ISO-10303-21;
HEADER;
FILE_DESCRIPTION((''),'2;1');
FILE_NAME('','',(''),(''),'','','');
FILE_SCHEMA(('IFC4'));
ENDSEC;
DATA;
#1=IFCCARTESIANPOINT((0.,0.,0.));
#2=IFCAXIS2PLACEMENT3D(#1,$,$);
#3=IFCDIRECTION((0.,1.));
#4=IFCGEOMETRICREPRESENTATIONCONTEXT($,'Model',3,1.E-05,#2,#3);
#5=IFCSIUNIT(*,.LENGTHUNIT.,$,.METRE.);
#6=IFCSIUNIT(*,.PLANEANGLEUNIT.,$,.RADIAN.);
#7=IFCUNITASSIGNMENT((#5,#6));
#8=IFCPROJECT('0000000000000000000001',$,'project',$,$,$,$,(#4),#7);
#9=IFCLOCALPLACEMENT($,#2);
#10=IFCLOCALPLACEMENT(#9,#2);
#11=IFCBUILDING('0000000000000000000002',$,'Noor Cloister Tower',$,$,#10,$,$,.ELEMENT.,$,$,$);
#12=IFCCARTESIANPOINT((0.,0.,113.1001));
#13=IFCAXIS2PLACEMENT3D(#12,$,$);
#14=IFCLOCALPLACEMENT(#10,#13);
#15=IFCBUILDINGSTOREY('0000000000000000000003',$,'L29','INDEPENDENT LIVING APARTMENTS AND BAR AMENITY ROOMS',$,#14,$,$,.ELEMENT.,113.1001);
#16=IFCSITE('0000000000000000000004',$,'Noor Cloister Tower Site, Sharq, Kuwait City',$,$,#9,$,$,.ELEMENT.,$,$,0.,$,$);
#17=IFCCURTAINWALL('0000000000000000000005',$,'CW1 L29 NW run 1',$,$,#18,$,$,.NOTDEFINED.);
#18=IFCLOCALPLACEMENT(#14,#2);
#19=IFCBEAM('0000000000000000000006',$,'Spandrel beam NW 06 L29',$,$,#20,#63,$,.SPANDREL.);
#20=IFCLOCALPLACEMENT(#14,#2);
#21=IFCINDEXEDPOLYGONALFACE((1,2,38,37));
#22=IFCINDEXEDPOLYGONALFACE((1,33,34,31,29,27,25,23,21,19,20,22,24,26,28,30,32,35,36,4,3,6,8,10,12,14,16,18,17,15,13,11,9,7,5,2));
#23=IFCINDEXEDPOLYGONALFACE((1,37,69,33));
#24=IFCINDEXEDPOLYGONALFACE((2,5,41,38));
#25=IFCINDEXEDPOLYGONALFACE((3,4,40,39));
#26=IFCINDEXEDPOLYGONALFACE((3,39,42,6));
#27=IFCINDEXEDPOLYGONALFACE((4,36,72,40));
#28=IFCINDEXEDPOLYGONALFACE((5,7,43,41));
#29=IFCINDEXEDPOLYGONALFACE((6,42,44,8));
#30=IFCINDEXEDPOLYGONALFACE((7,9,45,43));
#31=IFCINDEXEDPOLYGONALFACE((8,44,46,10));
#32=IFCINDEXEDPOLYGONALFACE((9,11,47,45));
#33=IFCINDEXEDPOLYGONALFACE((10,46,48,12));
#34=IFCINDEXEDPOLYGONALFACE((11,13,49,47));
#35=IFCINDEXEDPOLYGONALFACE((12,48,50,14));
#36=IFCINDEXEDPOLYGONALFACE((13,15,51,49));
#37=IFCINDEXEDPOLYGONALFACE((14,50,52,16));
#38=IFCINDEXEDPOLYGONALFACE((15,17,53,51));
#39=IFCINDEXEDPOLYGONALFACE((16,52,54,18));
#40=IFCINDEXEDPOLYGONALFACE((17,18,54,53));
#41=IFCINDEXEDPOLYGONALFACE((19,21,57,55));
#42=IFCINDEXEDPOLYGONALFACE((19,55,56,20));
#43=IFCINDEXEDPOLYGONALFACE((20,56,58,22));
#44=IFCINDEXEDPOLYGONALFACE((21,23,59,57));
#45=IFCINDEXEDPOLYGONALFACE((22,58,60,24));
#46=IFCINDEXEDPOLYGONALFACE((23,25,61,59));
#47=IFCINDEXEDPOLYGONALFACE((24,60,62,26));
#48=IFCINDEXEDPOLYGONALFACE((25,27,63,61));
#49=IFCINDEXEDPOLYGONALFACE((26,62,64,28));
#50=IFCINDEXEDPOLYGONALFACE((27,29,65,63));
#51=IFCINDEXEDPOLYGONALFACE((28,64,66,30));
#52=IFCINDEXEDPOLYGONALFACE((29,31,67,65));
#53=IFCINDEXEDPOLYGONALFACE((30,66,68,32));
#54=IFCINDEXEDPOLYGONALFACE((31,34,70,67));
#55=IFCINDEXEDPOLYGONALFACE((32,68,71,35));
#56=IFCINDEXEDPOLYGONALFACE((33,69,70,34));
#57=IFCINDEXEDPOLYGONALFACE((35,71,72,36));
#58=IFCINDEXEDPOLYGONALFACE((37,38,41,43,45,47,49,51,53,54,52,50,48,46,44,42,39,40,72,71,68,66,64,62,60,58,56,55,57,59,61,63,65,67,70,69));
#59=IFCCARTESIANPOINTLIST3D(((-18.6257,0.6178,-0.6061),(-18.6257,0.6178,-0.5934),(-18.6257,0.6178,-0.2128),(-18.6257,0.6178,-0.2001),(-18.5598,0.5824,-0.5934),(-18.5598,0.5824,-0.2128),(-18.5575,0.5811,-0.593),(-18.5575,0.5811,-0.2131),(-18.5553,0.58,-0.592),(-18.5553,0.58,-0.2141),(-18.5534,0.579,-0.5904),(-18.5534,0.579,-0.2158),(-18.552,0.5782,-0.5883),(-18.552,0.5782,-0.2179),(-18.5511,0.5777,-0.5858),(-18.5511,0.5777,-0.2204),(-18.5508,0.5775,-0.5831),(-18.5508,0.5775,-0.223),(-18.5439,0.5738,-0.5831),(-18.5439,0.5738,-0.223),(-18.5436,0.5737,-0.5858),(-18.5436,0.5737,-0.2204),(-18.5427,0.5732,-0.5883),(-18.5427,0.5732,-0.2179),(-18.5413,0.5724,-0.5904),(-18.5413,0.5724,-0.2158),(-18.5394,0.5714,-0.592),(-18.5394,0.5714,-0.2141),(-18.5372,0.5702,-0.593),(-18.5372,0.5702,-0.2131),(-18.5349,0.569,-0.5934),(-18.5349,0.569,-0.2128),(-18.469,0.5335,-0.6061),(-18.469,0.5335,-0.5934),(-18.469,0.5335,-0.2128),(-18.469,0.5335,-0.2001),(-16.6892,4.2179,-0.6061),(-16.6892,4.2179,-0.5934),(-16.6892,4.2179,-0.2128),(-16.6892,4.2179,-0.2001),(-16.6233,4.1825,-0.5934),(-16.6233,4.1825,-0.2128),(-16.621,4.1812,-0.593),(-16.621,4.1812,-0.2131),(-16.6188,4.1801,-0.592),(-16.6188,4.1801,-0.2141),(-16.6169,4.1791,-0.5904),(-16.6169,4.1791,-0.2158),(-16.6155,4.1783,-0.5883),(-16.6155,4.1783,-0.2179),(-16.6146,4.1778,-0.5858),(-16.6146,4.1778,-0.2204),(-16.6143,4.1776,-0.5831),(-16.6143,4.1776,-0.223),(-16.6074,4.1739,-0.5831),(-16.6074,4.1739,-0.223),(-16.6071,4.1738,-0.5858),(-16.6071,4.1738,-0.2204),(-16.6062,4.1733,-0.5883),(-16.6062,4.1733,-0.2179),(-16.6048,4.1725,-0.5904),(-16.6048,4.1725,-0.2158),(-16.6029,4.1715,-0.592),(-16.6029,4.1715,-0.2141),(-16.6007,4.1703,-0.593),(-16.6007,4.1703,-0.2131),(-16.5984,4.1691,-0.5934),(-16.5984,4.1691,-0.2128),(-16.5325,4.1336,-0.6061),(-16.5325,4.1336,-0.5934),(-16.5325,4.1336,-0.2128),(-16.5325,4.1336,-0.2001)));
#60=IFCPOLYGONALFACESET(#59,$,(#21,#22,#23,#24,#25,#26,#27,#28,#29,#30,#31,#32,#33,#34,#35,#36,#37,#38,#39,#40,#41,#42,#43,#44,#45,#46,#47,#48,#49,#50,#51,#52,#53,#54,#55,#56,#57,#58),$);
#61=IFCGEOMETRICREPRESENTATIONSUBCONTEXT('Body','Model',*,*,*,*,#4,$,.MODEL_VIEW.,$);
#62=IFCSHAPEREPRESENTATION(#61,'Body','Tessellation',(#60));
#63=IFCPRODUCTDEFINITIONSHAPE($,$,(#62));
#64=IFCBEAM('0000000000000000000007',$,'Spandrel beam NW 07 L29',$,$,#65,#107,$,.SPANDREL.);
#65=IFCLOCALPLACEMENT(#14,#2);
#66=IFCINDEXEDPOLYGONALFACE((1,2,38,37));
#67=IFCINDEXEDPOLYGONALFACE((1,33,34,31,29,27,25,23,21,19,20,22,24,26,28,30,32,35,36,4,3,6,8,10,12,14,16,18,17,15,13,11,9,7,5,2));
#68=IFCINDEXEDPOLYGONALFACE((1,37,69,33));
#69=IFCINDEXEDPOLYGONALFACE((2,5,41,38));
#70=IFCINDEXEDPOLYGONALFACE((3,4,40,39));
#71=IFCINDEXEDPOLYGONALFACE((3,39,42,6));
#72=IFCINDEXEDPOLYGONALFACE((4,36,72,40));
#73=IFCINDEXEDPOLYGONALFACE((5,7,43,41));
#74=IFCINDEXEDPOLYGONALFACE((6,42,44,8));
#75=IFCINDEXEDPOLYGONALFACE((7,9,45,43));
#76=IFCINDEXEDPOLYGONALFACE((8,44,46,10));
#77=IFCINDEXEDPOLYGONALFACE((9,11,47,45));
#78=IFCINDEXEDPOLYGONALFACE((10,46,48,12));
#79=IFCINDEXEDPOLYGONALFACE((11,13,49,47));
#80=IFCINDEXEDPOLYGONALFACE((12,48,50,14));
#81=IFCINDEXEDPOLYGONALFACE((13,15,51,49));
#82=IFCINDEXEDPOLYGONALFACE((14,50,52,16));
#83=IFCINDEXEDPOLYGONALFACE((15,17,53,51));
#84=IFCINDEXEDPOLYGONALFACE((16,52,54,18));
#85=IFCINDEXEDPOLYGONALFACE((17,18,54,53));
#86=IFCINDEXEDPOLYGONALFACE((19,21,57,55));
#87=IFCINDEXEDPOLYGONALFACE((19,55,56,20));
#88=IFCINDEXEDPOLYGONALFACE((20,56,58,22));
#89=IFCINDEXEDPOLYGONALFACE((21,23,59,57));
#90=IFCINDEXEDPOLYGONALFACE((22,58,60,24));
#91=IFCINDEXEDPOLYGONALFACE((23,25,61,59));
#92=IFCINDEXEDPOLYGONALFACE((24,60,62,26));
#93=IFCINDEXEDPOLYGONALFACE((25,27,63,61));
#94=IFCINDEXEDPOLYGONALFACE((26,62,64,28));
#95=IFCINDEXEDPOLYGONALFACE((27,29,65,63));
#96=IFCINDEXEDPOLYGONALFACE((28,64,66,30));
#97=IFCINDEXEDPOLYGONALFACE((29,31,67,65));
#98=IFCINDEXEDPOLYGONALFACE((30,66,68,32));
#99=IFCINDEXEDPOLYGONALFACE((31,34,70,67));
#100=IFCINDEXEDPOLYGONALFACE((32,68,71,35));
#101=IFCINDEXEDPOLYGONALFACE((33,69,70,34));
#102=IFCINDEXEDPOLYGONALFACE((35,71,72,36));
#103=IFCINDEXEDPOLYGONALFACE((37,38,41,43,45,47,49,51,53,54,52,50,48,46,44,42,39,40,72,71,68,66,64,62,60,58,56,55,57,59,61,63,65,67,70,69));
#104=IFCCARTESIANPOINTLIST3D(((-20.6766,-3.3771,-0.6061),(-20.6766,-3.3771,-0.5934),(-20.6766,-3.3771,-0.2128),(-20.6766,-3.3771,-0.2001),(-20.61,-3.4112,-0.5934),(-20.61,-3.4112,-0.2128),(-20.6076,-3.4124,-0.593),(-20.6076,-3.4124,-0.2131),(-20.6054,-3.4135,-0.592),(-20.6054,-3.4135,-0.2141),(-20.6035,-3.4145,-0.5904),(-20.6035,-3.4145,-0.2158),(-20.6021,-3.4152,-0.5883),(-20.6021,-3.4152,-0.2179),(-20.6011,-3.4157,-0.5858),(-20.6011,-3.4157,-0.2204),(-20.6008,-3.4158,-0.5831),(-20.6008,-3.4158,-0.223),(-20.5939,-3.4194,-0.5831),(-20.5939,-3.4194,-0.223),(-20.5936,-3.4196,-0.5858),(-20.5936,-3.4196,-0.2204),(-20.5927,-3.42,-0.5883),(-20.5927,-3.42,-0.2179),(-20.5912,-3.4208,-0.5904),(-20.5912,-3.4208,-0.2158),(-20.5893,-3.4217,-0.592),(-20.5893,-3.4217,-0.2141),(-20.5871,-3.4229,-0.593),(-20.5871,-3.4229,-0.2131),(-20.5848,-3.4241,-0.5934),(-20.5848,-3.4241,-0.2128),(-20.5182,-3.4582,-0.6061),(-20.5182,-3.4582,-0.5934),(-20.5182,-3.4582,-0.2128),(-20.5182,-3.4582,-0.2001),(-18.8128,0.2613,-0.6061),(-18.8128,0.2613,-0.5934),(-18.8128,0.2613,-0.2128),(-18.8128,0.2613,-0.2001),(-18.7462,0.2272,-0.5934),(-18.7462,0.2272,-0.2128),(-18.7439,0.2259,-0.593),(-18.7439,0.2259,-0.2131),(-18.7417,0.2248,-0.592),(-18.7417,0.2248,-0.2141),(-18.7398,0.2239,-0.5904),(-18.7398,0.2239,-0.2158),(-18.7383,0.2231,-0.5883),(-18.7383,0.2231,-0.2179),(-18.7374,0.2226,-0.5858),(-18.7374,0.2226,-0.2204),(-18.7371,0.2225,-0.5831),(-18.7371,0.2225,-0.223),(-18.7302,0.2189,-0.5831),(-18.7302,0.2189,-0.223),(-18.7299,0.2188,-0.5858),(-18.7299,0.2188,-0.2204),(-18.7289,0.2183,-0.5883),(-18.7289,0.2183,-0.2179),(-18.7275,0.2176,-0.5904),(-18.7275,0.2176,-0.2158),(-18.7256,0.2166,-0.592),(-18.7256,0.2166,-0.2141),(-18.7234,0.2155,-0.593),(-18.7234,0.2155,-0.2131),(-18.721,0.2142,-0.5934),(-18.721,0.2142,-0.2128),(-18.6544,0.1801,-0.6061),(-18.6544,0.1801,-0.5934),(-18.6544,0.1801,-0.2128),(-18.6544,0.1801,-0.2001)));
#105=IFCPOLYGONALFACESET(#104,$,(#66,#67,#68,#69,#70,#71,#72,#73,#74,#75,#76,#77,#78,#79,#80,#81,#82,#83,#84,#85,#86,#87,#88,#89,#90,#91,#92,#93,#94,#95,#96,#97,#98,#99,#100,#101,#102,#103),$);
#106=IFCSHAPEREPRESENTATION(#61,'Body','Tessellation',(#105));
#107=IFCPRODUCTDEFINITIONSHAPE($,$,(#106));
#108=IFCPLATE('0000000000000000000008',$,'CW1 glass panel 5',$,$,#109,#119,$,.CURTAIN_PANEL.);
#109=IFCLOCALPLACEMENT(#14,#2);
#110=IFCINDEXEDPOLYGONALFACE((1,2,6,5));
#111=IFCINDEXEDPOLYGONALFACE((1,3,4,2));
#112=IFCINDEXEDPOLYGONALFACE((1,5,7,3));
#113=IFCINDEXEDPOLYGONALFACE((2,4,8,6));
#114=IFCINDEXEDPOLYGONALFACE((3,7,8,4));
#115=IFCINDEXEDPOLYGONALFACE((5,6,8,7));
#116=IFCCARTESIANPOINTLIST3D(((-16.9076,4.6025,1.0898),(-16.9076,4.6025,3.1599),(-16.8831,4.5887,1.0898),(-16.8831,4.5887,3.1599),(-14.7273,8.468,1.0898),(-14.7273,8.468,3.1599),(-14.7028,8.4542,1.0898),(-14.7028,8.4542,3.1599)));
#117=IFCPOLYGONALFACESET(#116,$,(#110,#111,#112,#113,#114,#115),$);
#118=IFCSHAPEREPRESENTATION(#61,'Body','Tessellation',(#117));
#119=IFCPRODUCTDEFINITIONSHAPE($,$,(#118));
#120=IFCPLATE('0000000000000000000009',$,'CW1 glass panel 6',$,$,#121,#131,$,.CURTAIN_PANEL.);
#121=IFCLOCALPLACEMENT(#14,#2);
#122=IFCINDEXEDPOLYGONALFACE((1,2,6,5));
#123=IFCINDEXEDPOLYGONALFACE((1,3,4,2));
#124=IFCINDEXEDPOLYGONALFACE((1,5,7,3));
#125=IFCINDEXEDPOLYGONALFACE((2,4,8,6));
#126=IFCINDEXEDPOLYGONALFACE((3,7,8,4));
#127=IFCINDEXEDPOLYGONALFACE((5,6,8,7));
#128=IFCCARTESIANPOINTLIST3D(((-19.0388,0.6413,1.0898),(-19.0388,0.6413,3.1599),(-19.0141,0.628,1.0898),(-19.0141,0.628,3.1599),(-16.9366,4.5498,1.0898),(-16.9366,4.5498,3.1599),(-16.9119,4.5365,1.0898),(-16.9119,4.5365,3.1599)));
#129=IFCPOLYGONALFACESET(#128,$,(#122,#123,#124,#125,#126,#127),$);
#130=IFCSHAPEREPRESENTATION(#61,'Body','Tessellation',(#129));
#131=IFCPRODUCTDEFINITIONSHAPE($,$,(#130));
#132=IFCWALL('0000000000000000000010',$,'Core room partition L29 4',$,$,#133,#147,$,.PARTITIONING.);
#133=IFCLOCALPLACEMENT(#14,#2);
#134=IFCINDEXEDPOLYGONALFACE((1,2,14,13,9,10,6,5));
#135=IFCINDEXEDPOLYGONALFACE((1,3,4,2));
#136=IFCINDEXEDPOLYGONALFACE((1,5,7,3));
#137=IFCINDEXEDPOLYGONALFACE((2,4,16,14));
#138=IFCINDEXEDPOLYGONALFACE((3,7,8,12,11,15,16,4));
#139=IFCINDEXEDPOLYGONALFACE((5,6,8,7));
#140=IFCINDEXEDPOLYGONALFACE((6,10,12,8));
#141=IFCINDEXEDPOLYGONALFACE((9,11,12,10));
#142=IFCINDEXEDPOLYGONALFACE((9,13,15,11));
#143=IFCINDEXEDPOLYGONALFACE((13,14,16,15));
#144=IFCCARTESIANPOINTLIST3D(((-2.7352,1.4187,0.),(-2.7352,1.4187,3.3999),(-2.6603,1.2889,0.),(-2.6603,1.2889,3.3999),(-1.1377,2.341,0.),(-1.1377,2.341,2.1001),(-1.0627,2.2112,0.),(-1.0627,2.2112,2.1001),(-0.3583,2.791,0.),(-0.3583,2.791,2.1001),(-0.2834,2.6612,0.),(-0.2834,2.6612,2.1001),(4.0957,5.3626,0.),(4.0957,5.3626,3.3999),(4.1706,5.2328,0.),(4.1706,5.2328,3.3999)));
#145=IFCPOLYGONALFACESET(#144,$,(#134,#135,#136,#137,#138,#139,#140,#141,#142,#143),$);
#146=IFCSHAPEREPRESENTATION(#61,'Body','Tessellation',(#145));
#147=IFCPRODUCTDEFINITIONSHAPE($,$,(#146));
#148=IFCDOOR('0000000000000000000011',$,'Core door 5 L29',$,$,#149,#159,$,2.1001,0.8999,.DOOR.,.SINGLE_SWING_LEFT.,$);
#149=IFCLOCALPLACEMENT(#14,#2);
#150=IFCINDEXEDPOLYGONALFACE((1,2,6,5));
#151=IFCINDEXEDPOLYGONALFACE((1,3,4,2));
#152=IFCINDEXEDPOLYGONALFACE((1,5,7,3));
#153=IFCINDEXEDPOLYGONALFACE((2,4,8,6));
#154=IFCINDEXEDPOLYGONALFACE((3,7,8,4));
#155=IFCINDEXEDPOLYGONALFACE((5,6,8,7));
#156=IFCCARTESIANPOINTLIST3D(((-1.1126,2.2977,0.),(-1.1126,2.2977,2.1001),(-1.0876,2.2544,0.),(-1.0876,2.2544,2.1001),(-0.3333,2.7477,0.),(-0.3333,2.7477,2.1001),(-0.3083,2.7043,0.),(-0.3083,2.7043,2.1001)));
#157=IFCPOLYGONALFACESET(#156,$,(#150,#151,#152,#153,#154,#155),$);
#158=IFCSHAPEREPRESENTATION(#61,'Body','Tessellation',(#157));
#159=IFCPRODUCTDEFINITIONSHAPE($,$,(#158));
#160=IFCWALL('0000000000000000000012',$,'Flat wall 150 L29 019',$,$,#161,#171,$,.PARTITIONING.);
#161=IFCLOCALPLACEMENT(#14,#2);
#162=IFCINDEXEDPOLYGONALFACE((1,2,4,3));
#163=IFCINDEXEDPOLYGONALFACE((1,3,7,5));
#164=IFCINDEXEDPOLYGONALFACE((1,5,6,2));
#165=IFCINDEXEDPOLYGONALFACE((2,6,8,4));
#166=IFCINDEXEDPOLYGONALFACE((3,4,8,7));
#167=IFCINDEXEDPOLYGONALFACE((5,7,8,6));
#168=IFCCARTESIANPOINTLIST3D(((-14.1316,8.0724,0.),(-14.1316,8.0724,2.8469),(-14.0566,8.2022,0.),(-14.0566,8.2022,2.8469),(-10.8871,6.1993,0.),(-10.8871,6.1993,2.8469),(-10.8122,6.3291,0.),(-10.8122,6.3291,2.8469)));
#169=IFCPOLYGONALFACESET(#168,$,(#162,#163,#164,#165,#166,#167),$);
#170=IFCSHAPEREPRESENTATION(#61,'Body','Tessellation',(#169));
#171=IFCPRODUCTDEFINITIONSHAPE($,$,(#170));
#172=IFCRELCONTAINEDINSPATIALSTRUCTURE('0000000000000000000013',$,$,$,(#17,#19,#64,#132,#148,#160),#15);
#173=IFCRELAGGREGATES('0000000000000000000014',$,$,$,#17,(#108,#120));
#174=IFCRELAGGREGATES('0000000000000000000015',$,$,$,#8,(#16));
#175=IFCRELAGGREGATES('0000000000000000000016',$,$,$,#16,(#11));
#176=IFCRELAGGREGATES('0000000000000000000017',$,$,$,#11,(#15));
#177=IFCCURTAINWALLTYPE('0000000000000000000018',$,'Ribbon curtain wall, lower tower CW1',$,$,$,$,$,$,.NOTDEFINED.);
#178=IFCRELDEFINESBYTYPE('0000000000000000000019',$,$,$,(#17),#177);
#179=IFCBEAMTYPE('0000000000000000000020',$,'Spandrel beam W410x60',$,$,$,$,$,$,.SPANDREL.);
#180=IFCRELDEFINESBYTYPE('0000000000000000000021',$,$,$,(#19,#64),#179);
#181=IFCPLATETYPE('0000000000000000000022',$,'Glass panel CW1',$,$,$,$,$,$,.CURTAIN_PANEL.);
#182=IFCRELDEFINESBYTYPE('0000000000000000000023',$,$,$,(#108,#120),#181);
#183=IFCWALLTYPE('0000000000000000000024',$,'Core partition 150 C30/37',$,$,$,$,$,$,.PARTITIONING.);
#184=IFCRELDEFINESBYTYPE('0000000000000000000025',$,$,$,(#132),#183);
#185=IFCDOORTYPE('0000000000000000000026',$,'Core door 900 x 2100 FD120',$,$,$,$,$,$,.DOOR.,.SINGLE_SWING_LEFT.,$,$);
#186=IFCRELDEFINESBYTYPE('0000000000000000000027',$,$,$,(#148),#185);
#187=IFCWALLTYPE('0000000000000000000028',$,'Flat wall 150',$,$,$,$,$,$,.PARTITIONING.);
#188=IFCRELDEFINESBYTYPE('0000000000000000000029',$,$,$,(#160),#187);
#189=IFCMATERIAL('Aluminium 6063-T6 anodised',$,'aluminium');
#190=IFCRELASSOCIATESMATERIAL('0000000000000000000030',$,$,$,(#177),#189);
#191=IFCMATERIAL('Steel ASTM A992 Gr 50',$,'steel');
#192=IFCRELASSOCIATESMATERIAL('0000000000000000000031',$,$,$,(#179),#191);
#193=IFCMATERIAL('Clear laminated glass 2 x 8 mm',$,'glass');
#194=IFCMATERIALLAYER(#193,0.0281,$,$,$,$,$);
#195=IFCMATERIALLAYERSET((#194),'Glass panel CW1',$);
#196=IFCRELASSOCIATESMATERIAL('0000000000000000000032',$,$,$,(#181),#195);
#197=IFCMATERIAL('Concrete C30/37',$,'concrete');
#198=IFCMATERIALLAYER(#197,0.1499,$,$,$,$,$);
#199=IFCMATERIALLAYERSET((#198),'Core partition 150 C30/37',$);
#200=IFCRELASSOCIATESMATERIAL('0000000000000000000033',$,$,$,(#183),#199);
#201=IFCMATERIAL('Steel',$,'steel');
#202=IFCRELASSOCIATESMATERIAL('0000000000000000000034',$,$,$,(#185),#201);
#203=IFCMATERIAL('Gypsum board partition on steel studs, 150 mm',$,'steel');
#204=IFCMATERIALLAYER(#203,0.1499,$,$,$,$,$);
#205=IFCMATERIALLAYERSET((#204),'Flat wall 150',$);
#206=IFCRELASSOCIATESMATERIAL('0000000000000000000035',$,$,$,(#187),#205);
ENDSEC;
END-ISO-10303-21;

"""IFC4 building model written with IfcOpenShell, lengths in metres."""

from ifc_helpers import new_model, si_unit, direction, frame, frame_2d, origin, origin_2d, place, context, subcontext, project, spatial, rectangle, i_section, extrude, material, layer, layer_set, material_profile, profile_set, type_object, element, fill, aggregate, save


model = new_model("IFC4")

# Units and contexts
model_context = context("Model", 3, precision=1e-05, world=origin(), true_north=direction((0.0, 1.0)))
body_context = subcontext(model_context, "Body", "Model", "MODEL_VIEW")
ifc_project = project(units=[si_unit("LENGTHUNIT", "METRE"), si_unit("PLANEANGLEUNIT", "RADIAN")], contexts=[model_context])

# Site, building, storey
site_placement = place(None, origin())
site = spatial("IfcSite", under=ifc_project, at=site_placement, Name="Noor Cloister Tower Site, Sharq, Kuwait City", CompositionType="ELEMENT", RefElevation=0.0)
building_placement = place(site_placement, origin())
building = spatial("IfcBuilding", under=site, at=building_placement, Name="Noor Cloister Tower", CompositionType="ELEMENT")
storey_placement = place(building_placement, frame((0.0, 0.0, 113.1001)))
storey = spatial("IfcBuildingStorey", under=building, at=storey_placement, Name="L29", Description="INDEPENDENT LIVING APARTMENTS AND BAR AMENITY ROOMS", CompositionType="ELEMENT", Elevation=113.1001)

# Curtain wall
ifc_material_1 = material(Name="Aluminium 6063-T6 anodised", Category="aluminium")
curtain_wall_type = type_object("IfcCurtainWallType", Name="Ribbon curtain wall, lower tower CW1", PredefinedType="NOTDEFINED", material=ifc_material_1)
curtain_wall_1_placement = place(storey_placement, origin())
curtain_wall_1 = element("IfcCurtainWall", 1, at=curtain_wall_1_placement, inside=storey, type_object=curtain_wall_type, Name="CW1 L29 NW run 1", PredefinedType="NOTDEFINED")

# Beams
ifc_material_2 = material(Name="Steel ASTM A992 Gr 50", Category="steel")
ifc_material_profile_1 = material_profile(ifc_material_2, i_section(OverallWidth=0.178, OverallDepth=0.406, WebThickness=0.0078, FlangeThickness=0.0127, FilletRadius=0.0103, at=origin_2d()), Name="W410x60")
ifc_profile_set_1 = profile_set([ifc_material_profile_1], Name="Steel ASTM A992 Gr 50")
beam_type_1 = type_object("IfcBeamType", Name="Spandrel beam W410x60", PredefinedType="SPANDREL", material=ifc_profile_set_1)
for number, where, z_axis, x_axis, name in (
    (2, (-16.6108, 4.1758, -0.4031), (-0.473722, -0.880674, 0.0), (0.880674, -0.473722, 0.0), "Spandrel beam NW 06 L29"),
    (3, (-18.7336, 0.2207, -0.4031), (-0.455912, -0.890025, 0.0), (0.890025, -0.455912, 0.0), "Spandrel beam NW 07 L29"),
):
    element("IfcBeam", number, at=place(storey_placement, frame(where, z_axis=z_axis, x_axis=x_axis)), inside=storey, type_object=beam_type_1, Name=name, PredefinedType="SPANDREL", context=body_context, shape_type="SweptSolid", body=[
        extrude(i_section(OverallWidth=0.178, OverallDepth=0.406, WebThickness=0.0078, FlangeThickness=0.0127, FilletRadius=0.0103, at=origin_2d()), origin(), (0.0, 0.0, 1.0), 4.0879),
    ])

# Plates
ifc_material_3 = material(Name="Clear laminated glass 2 x 8 mm", Category="glass")
ifc_layer_1 = layer(ifc_material_3, 0.0281)
ifc_layer_set_1 = layer_set([ifc_layer_1], Name="Glass panel CW1")
plate_type = type_object("IfcPlateType", Name="Glass panel CW1", PredefinedType="CURTAIN_PANEL", material=ifc_layer_set_1)
plate_1_placement = place(storey_placement, frame((-15.8052, 6.5283, 1.0898), z_axis=(0.0, 0.0, 1.0), x_axis=(-0.491281, -0.871001, 0.0)))
plate_1 = element("IfcPlate", 4, at=plate_1_placement, type_object=plate_type, Name="CW1 glass panel 5", PredefinedType="CURTAIN_PANEL", context=body_context, shape_type="SweptSolid", body=[
    extrude(rectangle(XDim=4.438, YDim=0.0281, at=origin_2d()), origin(), (0.0, 0.0, 1.0), 2.0701),
])
plate_2_placement = place(storey_placement, frame((-17.9753, 2.5889, 1.0898), z_axis=(0.0, 0.0, 1.0), x_axis=(-0.473694, -0.880689, 0.0)))
plate_2 = element("IfcPlate", 5, at=plate_2_placement, type_object=plate_type, Name="CW1 glass panel 6", PredefinedType="CURTAIN_PANEL", context=body_context, shape_type="SweptSolid", body=[
    extrude(rectangle(XDim=4.438, YDim=0.0281, at=origin_2d()), origin(), (0.0, 0.0, 1.0), 2.0701),
])
aggregate(curtain_wall_1, [plate_1, plate_2])

# Wall, opening, door
ifc_material_4 = material(Name="Concrete C30/37", Category="concrete")
ifc_layer_2 = layer(ifc_material_4, 0.1499)
ifc_layer_set_2 = layer_set([ifc_layer_2], Name="Core partition 150 C30/37")
wall_type_1 = type_object("IfcWallType", Name="Core partition 150 C30/37", PredefinedType="PARTITIONING", material=ifc_layer_set_2)
wall_1_placement = place(storey_placement, frame((-2.6978, 1.3538, 0.0), z_axis=(0.0, 0.0, 1.0), x_axis=(0.866021, 0.500007, 0.0)))
wall_1 = element("IfcWall", 6, at=wall_1_placement, inside=storey, type_object=wall_type_1, Name="Core room partition L29 4", PredefinedType="PARTITIONING", context=body_context, shape_type="SweptSolid", body=[
    extrude(rectangle(XDim=7.8877, YDim=0.1499, at=frame_2d((3.9438, 0.0))), origin(), (0.0, 0.0, 1.0), 3.3999),
])
opening_placement = place(wall_1_placement, frame((1.8447, 0.0, 0.0)))
opening = element("IfcOpeningElement", 7, at=opening_placement, cuts=wall_1, PredefinedType="OPENING", context=body_context, shape_type="SweptSolid", body=[
    extrude(rectangle(XDim=0.8999, YDim=2.1001, at=frame_2d((0.45, 1.05))), frame((0.0, 0.085, 0.0), z_axis=(0.0, -1.0, 0.0), x_axis=(1.0, 0.0, 0.0)), (0.0, 0.0, 1.0), 0.1699),
])
ifc_material_5 = material(Name="Steel", Category="steel")
door_type = type_object("IfcDoorType", Name="Core door 900 x 2100 FD120", OperationType="SINGLE_SWING_LEFT", PredefinedType="DOOR", material=ifc_material_5)
door_placement = place(opening_placement, origin())
door = element("IfcDoor", 8, at=door_placement, inside=storey, type_object=door_type, Name="Core door 5 L29", OperationType="SINGLE_SWING_LEFT", OverallHeight=2.1001, OverallWidth=0.8999, PredefinedType="DOOR", context=body_context, shape_type="SweptSolid", body=[
    extrude(rectangle(XDim=0.8999, YDim=2.1001, at=frame_2d((0.45, 1.05))), frame((0.0, 0.0249, 0.0), z_axis=(0.0, -1.0, 0.0), x_axis=(1.0, 0.0, 0.0)), (0.0, 0.0, 1.0), 0.05),
])
fill(opening, door)

# Wall
ifc_material_6 = material(Name="Gypsum board partition on steel studs, 150 mm", Category="steel")
ifc_layer_3 = layer(ifc_material_6, 0.1499)
ifc_layer_set_3 = layer_set([ifc_layer_3], Name="Flat wall 150")
wall_type_2 = type_object("IfcWallType", Name="Flat wall 150", PredefinedType="PARTITIONING", material=ifc_layer_set_3)
wall_2_placement = place(storey_placement, frame((-14.094, 8.1372, 0.0), z_axis=(0.0, 0.0, 1.0), x_axis=(0.866037, -0.49998, 0.0)))
element("IfcWall", 9, at=wall_2_placement, inside=storey, type_object=wall_type_2, Name="Flat wall 150 L29 019", PredefinedType="PARTITIONING", context=body_context, shape_type="SweptSolid", body=[
    extrude(rectangle(XDim=3.7463, YDim=0.1499, at=frame_2d((1.873, 0.0))), origin(), (0.0, 0.0, 1.0), 2.8469),
])

save(model, "model.ifc")
